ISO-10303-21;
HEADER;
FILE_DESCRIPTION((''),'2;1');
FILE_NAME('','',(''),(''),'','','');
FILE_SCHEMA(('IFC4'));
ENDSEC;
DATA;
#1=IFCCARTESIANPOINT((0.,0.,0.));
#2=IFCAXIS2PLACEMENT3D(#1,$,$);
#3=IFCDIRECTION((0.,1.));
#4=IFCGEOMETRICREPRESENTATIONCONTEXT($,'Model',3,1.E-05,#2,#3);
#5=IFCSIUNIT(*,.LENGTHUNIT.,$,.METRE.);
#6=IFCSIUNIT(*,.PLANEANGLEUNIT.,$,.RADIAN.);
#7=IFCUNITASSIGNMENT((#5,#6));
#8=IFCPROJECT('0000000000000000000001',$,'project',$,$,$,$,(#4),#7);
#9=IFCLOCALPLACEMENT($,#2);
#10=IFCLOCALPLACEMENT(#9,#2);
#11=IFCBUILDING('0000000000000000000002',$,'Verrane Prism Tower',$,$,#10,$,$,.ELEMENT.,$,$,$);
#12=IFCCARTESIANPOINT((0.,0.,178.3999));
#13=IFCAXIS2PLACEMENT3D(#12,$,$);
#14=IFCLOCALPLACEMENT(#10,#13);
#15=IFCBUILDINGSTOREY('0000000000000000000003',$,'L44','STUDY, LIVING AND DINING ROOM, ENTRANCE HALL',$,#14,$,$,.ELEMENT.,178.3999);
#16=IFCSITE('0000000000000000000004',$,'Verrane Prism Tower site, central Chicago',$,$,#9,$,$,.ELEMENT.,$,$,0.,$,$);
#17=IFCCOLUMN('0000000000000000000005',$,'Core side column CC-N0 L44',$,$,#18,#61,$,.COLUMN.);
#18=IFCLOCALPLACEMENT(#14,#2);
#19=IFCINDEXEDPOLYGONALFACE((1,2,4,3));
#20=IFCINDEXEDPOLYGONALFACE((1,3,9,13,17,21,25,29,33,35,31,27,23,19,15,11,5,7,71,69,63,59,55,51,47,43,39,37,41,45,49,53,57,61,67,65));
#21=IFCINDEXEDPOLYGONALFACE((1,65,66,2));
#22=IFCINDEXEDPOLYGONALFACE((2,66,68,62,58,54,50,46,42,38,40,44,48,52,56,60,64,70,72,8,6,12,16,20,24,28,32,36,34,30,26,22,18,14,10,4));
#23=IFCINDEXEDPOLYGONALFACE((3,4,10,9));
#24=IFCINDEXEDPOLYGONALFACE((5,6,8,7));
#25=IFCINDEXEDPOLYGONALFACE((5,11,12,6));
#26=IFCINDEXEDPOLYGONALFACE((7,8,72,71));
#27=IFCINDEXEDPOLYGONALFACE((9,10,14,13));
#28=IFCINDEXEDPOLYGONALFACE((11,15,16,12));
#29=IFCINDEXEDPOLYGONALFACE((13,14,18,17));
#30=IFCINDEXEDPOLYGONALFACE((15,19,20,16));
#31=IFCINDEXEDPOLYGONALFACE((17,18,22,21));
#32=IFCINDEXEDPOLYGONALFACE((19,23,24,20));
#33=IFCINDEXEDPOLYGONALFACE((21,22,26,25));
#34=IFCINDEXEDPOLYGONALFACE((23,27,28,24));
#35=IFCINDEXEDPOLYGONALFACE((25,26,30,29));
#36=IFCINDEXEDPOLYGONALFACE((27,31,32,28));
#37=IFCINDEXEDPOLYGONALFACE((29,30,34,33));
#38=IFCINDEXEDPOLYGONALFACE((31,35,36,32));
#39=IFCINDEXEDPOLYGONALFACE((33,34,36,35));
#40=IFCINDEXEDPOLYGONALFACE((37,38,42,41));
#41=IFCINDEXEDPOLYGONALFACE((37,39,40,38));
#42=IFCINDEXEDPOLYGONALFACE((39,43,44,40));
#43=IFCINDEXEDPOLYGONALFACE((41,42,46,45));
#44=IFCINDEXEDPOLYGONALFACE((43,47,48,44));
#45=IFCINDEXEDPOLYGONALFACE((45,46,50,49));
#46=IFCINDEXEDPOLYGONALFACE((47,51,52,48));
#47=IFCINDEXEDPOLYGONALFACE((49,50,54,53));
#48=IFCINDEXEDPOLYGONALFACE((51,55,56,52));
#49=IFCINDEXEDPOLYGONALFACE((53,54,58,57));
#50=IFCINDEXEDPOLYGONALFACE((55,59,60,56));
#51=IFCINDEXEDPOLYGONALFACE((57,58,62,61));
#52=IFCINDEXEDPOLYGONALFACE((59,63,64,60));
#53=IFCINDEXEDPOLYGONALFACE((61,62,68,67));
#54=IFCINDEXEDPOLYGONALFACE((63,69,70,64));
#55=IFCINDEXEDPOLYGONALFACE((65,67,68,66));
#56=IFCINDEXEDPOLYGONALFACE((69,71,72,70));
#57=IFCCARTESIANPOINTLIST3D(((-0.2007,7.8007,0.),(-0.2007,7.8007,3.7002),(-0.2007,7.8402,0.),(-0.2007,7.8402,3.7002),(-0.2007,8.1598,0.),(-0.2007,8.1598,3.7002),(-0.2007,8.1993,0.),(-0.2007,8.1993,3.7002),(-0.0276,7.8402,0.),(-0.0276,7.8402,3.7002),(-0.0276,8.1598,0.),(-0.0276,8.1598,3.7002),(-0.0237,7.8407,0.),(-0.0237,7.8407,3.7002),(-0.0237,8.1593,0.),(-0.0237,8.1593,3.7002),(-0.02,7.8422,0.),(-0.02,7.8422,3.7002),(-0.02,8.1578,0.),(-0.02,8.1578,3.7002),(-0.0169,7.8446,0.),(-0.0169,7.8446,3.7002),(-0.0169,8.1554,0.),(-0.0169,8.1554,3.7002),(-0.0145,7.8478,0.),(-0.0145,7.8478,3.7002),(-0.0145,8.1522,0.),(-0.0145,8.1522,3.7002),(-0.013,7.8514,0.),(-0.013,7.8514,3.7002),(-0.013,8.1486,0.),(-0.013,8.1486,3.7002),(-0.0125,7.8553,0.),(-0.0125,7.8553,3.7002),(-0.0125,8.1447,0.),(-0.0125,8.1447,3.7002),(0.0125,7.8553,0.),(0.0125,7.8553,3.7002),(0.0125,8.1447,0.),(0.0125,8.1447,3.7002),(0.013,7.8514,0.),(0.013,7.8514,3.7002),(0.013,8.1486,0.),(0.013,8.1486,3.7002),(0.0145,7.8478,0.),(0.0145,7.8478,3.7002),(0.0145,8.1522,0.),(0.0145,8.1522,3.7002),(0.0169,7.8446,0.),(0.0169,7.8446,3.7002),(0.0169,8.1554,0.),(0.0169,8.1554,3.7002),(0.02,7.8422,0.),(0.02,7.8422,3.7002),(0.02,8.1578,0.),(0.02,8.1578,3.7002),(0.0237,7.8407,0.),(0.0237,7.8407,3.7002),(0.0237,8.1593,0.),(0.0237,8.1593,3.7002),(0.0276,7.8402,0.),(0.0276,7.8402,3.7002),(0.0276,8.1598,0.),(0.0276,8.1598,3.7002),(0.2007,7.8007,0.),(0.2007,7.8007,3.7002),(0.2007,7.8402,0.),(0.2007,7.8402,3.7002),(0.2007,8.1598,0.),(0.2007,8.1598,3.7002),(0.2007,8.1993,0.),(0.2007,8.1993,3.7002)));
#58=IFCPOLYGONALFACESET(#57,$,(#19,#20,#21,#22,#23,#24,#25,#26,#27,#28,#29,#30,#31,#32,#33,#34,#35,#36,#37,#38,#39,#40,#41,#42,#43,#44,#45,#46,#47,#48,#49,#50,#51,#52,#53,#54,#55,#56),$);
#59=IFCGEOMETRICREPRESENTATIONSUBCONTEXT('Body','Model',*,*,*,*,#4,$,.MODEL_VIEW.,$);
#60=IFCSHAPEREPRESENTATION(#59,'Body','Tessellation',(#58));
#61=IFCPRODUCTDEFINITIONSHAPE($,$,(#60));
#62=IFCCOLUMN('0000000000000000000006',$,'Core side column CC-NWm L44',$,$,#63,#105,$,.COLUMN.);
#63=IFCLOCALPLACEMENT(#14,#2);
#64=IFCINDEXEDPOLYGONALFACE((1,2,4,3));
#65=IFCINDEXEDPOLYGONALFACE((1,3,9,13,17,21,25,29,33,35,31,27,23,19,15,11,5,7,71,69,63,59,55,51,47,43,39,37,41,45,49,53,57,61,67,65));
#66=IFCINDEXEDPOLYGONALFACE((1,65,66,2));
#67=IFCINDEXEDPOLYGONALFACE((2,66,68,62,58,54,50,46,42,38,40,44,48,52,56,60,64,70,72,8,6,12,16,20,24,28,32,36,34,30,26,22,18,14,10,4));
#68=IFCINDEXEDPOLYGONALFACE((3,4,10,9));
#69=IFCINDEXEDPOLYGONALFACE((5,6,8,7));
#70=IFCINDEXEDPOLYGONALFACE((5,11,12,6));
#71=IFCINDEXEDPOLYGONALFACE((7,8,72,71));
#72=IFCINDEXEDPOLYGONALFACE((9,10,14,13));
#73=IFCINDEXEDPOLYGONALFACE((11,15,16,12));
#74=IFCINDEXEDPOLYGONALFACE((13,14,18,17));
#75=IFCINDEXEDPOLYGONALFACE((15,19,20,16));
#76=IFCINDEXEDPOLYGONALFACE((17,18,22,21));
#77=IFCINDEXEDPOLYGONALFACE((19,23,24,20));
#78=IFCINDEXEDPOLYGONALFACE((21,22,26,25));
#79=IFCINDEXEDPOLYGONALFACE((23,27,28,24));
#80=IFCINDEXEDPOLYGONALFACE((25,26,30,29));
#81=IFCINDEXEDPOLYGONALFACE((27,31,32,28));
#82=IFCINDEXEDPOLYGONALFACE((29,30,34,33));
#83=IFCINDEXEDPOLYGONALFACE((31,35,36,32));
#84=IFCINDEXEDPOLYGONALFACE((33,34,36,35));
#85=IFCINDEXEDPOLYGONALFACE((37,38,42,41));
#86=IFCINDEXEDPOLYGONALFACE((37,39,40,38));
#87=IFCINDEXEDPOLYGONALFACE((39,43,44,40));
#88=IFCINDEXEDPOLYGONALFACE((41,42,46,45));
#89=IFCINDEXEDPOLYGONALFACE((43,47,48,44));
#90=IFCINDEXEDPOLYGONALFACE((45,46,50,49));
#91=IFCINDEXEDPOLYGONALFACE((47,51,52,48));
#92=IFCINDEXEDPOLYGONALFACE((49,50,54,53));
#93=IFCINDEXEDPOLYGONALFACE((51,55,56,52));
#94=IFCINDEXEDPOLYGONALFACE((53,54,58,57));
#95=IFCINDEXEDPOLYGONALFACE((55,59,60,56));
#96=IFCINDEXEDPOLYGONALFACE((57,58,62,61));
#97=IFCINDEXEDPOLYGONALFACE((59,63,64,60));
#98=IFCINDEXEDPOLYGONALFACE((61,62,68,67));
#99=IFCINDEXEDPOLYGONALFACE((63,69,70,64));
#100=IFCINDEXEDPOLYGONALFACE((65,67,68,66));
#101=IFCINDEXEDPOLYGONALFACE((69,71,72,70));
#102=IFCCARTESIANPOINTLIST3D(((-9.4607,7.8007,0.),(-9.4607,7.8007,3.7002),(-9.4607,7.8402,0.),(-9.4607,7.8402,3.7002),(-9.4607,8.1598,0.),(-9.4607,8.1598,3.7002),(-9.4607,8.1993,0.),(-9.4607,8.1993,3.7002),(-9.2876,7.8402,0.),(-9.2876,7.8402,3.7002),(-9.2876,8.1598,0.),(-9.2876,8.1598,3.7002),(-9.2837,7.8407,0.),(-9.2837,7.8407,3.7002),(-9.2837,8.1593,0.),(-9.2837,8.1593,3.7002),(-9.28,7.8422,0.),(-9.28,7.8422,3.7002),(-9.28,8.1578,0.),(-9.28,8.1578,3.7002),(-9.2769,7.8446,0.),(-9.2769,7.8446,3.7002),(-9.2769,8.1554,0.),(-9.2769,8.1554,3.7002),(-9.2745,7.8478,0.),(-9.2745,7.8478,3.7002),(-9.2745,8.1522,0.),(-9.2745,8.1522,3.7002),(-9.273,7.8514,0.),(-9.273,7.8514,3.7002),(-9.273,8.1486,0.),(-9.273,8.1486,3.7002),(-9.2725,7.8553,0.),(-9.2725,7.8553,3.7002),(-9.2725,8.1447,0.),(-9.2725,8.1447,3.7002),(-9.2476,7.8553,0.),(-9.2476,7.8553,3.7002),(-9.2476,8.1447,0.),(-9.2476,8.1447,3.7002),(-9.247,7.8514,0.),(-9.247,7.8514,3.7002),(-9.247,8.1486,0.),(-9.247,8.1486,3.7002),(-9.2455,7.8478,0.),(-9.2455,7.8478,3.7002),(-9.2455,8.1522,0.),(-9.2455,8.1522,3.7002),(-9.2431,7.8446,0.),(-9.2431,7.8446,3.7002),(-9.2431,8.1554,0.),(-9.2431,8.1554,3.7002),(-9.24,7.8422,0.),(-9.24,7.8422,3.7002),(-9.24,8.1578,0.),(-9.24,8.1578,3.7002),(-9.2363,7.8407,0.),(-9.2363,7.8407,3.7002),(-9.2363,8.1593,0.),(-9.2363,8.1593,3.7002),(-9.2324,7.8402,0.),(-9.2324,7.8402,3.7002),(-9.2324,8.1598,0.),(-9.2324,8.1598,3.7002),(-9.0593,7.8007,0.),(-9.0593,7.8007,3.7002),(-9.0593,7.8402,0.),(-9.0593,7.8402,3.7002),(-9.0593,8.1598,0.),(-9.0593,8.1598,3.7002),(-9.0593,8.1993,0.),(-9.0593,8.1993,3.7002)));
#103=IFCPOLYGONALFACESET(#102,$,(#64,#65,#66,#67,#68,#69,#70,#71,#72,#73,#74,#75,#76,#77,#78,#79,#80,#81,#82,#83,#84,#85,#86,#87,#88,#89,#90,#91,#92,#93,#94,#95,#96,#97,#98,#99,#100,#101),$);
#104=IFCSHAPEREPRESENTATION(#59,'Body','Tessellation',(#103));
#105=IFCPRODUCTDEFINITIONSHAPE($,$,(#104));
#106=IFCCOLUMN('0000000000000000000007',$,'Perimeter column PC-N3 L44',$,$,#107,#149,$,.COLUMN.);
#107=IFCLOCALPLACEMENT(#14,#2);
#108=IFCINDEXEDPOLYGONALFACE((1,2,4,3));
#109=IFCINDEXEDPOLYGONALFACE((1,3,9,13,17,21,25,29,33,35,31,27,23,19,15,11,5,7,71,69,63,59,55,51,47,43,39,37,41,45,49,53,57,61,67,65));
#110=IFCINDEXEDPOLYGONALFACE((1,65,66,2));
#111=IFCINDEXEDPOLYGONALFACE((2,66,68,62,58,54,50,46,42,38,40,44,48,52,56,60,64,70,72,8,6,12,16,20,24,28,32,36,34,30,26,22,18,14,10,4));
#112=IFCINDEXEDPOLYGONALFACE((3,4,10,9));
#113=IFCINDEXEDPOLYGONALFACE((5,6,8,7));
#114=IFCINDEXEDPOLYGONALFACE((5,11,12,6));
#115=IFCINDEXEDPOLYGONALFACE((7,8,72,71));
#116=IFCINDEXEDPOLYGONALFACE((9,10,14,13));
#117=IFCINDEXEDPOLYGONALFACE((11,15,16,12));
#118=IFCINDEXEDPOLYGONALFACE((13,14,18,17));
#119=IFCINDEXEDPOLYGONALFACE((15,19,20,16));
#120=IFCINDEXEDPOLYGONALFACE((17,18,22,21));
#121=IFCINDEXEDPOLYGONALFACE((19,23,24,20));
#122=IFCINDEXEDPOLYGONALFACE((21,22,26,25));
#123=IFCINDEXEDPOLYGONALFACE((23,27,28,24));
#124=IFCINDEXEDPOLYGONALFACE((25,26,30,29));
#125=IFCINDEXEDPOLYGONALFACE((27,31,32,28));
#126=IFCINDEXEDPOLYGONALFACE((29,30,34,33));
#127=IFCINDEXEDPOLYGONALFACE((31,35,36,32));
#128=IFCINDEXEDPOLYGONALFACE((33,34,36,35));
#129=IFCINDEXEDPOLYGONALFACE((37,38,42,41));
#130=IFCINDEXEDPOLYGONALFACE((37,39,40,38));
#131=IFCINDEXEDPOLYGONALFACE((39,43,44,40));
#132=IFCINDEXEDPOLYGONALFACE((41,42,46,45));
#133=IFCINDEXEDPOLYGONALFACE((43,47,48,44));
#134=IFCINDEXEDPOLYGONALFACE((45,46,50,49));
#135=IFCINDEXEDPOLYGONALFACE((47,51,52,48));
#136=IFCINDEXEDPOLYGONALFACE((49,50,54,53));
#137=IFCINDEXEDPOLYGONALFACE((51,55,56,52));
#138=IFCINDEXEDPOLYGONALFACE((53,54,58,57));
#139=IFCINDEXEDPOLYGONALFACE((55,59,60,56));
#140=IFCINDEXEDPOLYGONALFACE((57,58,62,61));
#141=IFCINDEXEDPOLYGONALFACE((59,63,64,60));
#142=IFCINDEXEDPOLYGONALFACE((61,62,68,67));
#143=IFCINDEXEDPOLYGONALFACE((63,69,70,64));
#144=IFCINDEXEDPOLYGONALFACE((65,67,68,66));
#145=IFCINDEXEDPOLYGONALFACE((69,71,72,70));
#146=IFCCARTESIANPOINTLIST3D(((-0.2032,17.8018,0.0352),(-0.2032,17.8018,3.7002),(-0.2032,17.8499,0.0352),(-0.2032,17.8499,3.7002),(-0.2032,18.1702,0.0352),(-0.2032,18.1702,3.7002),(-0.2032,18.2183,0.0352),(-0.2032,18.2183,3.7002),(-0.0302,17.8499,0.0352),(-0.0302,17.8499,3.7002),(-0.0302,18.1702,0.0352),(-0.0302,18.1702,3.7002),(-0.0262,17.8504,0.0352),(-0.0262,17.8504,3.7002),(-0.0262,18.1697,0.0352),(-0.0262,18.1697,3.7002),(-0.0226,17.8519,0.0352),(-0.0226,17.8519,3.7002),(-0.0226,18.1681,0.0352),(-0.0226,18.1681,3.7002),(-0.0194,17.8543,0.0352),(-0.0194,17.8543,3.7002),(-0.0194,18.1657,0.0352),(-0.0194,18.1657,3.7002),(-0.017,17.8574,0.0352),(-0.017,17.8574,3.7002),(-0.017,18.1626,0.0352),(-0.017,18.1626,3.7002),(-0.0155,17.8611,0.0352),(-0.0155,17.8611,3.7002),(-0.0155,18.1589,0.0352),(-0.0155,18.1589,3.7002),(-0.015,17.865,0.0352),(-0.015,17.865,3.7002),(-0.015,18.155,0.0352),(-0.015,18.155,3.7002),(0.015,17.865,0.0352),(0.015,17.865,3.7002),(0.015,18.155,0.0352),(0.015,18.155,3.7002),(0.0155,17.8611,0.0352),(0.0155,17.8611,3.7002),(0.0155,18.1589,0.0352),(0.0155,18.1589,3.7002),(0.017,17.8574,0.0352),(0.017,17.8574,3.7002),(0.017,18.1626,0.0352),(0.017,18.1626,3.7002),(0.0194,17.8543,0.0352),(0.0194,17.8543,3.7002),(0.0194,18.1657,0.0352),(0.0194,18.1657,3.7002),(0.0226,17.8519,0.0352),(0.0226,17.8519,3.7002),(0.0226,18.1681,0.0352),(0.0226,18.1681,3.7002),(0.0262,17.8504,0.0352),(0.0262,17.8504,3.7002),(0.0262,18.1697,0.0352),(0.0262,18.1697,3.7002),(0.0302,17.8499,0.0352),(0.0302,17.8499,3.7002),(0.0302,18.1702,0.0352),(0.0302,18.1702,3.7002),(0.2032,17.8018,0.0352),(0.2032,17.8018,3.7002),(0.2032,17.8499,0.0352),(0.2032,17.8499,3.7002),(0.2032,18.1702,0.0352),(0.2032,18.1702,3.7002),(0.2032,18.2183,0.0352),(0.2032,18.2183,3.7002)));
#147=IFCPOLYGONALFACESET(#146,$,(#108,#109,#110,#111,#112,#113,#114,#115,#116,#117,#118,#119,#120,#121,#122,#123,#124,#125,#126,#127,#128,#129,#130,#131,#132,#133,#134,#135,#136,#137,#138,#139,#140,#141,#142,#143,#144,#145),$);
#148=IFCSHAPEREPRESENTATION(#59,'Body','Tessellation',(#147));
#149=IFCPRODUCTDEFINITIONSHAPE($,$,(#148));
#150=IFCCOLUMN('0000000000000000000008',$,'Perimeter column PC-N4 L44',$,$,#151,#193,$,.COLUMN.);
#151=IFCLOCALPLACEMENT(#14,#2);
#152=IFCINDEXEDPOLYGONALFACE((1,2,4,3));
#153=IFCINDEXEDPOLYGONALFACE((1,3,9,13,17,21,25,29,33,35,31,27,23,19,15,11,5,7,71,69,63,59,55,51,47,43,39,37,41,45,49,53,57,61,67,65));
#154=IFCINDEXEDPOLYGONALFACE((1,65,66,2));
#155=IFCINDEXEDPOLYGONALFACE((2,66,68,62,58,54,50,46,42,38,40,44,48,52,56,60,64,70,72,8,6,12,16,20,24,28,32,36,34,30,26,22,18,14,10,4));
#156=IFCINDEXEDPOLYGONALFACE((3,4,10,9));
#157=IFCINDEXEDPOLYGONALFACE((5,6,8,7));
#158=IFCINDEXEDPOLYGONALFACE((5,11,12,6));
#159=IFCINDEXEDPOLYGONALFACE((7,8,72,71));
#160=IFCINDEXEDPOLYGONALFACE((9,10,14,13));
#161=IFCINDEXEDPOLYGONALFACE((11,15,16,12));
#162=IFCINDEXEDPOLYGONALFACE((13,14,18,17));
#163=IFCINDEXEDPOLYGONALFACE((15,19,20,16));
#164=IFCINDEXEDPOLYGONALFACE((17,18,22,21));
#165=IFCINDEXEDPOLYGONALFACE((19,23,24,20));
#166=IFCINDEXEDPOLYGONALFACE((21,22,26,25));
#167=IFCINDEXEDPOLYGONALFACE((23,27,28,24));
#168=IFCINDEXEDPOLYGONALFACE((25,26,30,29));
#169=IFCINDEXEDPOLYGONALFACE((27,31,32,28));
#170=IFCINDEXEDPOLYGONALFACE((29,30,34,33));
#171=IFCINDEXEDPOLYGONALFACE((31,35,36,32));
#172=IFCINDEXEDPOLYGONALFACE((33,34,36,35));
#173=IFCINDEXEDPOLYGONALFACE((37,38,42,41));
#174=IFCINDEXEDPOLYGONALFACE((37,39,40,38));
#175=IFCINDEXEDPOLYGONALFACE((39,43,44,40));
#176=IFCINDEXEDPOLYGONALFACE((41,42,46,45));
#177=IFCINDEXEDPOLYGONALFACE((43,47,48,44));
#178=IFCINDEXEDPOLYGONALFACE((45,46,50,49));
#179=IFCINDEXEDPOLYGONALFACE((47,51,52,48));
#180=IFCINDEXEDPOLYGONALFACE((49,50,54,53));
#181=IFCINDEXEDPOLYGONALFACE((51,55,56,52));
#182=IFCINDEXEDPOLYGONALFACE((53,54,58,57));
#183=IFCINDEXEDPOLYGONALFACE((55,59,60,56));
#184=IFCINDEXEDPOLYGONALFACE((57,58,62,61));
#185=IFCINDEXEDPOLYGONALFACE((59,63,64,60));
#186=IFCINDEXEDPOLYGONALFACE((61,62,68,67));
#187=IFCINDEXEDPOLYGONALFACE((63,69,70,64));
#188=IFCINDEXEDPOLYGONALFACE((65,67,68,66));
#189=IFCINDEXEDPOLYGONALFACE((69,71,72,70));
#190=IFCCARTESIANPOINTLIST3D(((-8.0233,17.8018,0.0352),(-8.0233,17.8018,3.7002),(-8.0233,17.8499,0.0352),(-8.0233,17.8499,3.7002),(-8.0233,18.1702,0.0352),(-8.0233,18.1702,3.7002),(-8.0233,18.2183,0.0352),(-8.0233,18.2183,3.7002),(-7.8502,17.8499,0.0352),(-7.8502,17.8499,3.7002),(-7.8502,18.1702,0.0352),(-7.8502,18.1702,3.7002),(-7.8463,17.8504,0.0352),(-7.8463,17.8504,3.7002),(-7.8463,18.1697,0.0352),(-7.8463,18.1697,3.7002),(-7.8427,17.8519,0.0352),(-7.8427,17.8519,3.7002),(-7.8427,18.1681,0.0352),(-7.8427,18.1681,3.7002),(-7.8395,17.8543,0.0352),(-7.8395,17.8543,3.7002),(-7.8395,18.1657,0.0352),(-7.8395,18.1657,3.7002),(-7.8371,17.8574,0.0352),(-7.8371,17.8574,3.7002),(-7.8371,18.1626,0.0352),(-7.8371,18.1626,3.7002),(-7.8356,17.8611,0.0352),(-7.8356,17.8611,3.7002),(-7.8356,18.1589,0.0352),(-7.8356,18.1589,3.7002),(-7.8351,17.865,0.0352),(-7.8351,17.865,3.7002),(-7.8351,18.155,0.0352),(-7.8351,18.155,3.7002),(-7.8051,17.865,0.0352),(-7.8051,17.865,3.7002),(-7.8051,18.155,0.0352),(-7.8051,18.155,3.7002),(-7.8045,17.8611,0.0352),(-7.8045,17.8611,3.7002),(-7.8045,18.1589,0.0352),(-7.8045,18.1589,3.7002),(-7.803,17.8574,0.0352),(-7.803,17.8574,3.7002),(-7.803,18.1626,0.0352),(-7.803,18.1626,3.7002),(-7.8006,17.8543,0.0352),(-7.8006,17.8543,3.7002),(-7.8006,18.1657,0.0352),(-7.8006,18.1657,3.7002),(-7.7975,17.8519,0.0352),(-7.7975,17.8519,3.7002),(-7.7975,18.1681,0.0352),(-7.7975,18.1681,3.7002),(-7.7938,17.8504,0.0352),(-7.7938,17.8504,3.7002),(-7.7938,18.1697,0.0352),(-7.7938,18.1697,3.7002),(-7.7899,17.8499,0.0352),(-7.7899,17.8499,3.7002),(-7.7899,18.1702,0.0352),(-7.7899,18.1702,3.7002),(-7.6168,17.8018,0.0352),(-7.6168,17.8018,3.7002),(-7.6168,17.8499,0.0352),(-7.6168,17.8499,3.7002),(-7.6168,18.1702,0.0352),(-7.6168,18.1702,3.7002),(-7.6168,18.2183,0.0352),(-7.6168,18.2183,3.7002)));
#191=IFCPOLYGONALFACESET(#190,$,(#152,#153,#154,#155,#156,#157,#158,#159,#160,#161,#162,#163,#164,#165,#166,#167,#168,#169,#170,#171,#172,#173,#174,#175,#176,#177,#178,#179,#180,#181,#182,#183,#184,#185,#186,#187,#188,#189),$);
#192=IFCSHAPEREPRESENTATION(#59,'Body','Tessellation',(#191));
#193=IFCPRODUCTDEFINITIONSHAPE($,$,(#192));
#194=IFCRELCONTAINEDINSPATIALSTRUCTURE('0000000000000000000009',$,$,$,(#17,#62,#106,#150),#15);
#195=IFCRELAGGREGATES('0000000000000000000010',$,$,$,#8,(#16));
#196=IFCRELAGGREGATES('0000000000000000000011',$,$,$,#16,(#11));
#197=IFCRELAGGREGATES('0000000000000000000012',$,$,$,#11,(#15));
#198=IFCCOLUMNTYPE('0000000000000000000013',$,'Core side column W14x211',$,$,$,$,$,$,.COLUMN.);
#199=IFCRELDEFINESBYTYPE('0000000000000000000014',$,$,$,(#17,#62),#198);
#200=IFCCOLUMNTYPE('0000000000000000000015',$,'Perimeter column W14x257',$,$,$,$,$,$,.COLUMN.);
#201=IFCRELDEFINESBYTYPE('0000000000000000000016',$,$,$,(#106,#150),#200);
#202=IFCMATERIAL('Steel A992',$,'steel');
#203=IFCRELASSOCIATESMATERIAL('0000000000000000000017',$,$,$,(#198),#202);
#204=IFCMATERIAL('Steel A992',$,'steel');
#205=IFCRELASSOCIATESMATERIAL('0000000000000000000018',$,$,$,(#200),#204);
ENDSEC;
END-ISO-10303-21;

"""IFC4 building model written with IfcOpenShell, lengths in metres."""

from ifc_helpers import new_model, si_unit, direction, frame, origin, origin_2d, place, context, subcontext, project, spatial, i_section, extrude, material, material_profile, profile_set, type_object, element, save


model = new_model("IFC4")

# Units and contexts
model_context = context("Model", 3, precision=1e-05, world=origin(), true_north=direction((0.0, 1.0)))
body_context = subcontext(model_context, "Body", "Model", "MODEL_VIEW")
ifc_project = project(units=[si_unit("LENGTHUNIT", "METRE"), si_unit("PLANEANGLEUNIT", "RADIAN")], contexts=[model_context])

# Site, building, storey
site_placement = place(None, origin())
site = spatial("IfcSite", under=ifc_project, at=site_placement, Name="Verrane Prism Tower site, central Chicago", CompositionType="ELEMENT", RefElevation=0.0)
building_placement = place(site_placement, origin())
building = spatial("IfcBuilding", under=site, at=building_placement, Name="Verrane Prism Tower", CompositionType="ELEMENT")
storey_placement = place(building_placement, frame((0.0, 0.0, 178.3999)))
storey = spatial("IfcBuildingStorey", under=building, at=storey_placement, Name="L44", Description="STUDY, LIVING AND DINING ROOM, ENTRANCE HALL", CompositionType="ELEMENT", Elevation=178.3999)

# Columns
ifc_material_1 = material(Name="Steel A992", Category="steel")
ifc_material_profile_1 = material_profile(ifc_material_1, i_section(OverallWidth=0.4014, OverallDepth=0.3987, WebThickness=0.0249, FlangeThickness=0.0396, FilletRadius=0.0151, at=origin_2d()), Name="W14x211")
ifc_profile_set_1 = profile_set([ifc_material_profile_1], Name="Steel A992")
column_type_1 = type_object("IfcColumnType", Name="Core side column W14x211", PredefinedType="COLUMN", material=ifc_profile_set_1)
for number, where, z_axis, x_axis, name in (
    (1, (0.0, 8.0, 0.0), (0.0, 0.0, 1.0), (1.0, 0.0, 0.0), "Core side column CC-N0 L44"),
    (2, (-9.26, 8.0, 0.0), (0.0, 0.0, 1.0), (1.0, 0.0, 0.0), "Core side column CC-NWm L44"),
):
    element("IfcColumn", number, at=place(storey_placement, frame(where, z_axis=z_axis, x_axis=x_axis)), inside=storey, type_object=column_type_1, Name=name, PredefinedType="COLUMN", context=body_context, shape_type="SweptSolid", body=[
        extrude(i_section(OverallWidth=0.4014, OverallDepth=0.3987, WebThickness=0.0249, FlangeThickness=0.0396, FilletRadius=0.0151, at=origin_2d()), origin(), (0.0, 0.0, 1.0), 3.7002),
    ])
ifc_material_2 = material(Name="Steel A992", Category="steel")
ifc_material_profile_2 = material_profile(ifc_material_2, i_section(OverallWidth=0.4065, OverallDepth=0.4165, WebThickness=0.03, FlangeThickness=0.0481, FilletRadius=0.0151, at=origin_2d()), Name="W14x257")
ifc_profile_set_2 = profile_set([ifc_material_profile_2], Name="Steel A992")
column_type_2 = type_object("IfcColumnType", Name="Perimeter column W14x257", PredefinedType="COLUMN", material=ifc_profile_set_2)
for number, where, z_axis, x_axis, name in (
    (3, (0.0, 18.01, 0.0352), (0.0, 0.0, 1.0), (1.0, 0.0, 0.0), "Perimeter column PC-N3 L44"),
    (4, (-7.8201, 18.01, 0.0352), (0.0, 0.0, 1.0), (1.0, 0.0, 0.0), "Perimeter column PC-N4 L44"),
):
    element("IfcColumn", number, at=place(storey_placement, frame(where, z_axis=z_axis, x_axis=x_axis)), inside=storey, type_object=column_type_2, Name=name, PredefinedType="COLUMN", context=body_context, shape_type="SweptSolid", body=[
        extrude(i_section(OverallWidth=0.4065, OverallDepth=0.4165, WebThickness=0.03, FlangeThickness=0.0481, FilletRadius=0.0151, at=origin_2d()), origin(), (0.0, 0.0, 1.0), 3.665),
    ])

save(model, "model.ifc")
